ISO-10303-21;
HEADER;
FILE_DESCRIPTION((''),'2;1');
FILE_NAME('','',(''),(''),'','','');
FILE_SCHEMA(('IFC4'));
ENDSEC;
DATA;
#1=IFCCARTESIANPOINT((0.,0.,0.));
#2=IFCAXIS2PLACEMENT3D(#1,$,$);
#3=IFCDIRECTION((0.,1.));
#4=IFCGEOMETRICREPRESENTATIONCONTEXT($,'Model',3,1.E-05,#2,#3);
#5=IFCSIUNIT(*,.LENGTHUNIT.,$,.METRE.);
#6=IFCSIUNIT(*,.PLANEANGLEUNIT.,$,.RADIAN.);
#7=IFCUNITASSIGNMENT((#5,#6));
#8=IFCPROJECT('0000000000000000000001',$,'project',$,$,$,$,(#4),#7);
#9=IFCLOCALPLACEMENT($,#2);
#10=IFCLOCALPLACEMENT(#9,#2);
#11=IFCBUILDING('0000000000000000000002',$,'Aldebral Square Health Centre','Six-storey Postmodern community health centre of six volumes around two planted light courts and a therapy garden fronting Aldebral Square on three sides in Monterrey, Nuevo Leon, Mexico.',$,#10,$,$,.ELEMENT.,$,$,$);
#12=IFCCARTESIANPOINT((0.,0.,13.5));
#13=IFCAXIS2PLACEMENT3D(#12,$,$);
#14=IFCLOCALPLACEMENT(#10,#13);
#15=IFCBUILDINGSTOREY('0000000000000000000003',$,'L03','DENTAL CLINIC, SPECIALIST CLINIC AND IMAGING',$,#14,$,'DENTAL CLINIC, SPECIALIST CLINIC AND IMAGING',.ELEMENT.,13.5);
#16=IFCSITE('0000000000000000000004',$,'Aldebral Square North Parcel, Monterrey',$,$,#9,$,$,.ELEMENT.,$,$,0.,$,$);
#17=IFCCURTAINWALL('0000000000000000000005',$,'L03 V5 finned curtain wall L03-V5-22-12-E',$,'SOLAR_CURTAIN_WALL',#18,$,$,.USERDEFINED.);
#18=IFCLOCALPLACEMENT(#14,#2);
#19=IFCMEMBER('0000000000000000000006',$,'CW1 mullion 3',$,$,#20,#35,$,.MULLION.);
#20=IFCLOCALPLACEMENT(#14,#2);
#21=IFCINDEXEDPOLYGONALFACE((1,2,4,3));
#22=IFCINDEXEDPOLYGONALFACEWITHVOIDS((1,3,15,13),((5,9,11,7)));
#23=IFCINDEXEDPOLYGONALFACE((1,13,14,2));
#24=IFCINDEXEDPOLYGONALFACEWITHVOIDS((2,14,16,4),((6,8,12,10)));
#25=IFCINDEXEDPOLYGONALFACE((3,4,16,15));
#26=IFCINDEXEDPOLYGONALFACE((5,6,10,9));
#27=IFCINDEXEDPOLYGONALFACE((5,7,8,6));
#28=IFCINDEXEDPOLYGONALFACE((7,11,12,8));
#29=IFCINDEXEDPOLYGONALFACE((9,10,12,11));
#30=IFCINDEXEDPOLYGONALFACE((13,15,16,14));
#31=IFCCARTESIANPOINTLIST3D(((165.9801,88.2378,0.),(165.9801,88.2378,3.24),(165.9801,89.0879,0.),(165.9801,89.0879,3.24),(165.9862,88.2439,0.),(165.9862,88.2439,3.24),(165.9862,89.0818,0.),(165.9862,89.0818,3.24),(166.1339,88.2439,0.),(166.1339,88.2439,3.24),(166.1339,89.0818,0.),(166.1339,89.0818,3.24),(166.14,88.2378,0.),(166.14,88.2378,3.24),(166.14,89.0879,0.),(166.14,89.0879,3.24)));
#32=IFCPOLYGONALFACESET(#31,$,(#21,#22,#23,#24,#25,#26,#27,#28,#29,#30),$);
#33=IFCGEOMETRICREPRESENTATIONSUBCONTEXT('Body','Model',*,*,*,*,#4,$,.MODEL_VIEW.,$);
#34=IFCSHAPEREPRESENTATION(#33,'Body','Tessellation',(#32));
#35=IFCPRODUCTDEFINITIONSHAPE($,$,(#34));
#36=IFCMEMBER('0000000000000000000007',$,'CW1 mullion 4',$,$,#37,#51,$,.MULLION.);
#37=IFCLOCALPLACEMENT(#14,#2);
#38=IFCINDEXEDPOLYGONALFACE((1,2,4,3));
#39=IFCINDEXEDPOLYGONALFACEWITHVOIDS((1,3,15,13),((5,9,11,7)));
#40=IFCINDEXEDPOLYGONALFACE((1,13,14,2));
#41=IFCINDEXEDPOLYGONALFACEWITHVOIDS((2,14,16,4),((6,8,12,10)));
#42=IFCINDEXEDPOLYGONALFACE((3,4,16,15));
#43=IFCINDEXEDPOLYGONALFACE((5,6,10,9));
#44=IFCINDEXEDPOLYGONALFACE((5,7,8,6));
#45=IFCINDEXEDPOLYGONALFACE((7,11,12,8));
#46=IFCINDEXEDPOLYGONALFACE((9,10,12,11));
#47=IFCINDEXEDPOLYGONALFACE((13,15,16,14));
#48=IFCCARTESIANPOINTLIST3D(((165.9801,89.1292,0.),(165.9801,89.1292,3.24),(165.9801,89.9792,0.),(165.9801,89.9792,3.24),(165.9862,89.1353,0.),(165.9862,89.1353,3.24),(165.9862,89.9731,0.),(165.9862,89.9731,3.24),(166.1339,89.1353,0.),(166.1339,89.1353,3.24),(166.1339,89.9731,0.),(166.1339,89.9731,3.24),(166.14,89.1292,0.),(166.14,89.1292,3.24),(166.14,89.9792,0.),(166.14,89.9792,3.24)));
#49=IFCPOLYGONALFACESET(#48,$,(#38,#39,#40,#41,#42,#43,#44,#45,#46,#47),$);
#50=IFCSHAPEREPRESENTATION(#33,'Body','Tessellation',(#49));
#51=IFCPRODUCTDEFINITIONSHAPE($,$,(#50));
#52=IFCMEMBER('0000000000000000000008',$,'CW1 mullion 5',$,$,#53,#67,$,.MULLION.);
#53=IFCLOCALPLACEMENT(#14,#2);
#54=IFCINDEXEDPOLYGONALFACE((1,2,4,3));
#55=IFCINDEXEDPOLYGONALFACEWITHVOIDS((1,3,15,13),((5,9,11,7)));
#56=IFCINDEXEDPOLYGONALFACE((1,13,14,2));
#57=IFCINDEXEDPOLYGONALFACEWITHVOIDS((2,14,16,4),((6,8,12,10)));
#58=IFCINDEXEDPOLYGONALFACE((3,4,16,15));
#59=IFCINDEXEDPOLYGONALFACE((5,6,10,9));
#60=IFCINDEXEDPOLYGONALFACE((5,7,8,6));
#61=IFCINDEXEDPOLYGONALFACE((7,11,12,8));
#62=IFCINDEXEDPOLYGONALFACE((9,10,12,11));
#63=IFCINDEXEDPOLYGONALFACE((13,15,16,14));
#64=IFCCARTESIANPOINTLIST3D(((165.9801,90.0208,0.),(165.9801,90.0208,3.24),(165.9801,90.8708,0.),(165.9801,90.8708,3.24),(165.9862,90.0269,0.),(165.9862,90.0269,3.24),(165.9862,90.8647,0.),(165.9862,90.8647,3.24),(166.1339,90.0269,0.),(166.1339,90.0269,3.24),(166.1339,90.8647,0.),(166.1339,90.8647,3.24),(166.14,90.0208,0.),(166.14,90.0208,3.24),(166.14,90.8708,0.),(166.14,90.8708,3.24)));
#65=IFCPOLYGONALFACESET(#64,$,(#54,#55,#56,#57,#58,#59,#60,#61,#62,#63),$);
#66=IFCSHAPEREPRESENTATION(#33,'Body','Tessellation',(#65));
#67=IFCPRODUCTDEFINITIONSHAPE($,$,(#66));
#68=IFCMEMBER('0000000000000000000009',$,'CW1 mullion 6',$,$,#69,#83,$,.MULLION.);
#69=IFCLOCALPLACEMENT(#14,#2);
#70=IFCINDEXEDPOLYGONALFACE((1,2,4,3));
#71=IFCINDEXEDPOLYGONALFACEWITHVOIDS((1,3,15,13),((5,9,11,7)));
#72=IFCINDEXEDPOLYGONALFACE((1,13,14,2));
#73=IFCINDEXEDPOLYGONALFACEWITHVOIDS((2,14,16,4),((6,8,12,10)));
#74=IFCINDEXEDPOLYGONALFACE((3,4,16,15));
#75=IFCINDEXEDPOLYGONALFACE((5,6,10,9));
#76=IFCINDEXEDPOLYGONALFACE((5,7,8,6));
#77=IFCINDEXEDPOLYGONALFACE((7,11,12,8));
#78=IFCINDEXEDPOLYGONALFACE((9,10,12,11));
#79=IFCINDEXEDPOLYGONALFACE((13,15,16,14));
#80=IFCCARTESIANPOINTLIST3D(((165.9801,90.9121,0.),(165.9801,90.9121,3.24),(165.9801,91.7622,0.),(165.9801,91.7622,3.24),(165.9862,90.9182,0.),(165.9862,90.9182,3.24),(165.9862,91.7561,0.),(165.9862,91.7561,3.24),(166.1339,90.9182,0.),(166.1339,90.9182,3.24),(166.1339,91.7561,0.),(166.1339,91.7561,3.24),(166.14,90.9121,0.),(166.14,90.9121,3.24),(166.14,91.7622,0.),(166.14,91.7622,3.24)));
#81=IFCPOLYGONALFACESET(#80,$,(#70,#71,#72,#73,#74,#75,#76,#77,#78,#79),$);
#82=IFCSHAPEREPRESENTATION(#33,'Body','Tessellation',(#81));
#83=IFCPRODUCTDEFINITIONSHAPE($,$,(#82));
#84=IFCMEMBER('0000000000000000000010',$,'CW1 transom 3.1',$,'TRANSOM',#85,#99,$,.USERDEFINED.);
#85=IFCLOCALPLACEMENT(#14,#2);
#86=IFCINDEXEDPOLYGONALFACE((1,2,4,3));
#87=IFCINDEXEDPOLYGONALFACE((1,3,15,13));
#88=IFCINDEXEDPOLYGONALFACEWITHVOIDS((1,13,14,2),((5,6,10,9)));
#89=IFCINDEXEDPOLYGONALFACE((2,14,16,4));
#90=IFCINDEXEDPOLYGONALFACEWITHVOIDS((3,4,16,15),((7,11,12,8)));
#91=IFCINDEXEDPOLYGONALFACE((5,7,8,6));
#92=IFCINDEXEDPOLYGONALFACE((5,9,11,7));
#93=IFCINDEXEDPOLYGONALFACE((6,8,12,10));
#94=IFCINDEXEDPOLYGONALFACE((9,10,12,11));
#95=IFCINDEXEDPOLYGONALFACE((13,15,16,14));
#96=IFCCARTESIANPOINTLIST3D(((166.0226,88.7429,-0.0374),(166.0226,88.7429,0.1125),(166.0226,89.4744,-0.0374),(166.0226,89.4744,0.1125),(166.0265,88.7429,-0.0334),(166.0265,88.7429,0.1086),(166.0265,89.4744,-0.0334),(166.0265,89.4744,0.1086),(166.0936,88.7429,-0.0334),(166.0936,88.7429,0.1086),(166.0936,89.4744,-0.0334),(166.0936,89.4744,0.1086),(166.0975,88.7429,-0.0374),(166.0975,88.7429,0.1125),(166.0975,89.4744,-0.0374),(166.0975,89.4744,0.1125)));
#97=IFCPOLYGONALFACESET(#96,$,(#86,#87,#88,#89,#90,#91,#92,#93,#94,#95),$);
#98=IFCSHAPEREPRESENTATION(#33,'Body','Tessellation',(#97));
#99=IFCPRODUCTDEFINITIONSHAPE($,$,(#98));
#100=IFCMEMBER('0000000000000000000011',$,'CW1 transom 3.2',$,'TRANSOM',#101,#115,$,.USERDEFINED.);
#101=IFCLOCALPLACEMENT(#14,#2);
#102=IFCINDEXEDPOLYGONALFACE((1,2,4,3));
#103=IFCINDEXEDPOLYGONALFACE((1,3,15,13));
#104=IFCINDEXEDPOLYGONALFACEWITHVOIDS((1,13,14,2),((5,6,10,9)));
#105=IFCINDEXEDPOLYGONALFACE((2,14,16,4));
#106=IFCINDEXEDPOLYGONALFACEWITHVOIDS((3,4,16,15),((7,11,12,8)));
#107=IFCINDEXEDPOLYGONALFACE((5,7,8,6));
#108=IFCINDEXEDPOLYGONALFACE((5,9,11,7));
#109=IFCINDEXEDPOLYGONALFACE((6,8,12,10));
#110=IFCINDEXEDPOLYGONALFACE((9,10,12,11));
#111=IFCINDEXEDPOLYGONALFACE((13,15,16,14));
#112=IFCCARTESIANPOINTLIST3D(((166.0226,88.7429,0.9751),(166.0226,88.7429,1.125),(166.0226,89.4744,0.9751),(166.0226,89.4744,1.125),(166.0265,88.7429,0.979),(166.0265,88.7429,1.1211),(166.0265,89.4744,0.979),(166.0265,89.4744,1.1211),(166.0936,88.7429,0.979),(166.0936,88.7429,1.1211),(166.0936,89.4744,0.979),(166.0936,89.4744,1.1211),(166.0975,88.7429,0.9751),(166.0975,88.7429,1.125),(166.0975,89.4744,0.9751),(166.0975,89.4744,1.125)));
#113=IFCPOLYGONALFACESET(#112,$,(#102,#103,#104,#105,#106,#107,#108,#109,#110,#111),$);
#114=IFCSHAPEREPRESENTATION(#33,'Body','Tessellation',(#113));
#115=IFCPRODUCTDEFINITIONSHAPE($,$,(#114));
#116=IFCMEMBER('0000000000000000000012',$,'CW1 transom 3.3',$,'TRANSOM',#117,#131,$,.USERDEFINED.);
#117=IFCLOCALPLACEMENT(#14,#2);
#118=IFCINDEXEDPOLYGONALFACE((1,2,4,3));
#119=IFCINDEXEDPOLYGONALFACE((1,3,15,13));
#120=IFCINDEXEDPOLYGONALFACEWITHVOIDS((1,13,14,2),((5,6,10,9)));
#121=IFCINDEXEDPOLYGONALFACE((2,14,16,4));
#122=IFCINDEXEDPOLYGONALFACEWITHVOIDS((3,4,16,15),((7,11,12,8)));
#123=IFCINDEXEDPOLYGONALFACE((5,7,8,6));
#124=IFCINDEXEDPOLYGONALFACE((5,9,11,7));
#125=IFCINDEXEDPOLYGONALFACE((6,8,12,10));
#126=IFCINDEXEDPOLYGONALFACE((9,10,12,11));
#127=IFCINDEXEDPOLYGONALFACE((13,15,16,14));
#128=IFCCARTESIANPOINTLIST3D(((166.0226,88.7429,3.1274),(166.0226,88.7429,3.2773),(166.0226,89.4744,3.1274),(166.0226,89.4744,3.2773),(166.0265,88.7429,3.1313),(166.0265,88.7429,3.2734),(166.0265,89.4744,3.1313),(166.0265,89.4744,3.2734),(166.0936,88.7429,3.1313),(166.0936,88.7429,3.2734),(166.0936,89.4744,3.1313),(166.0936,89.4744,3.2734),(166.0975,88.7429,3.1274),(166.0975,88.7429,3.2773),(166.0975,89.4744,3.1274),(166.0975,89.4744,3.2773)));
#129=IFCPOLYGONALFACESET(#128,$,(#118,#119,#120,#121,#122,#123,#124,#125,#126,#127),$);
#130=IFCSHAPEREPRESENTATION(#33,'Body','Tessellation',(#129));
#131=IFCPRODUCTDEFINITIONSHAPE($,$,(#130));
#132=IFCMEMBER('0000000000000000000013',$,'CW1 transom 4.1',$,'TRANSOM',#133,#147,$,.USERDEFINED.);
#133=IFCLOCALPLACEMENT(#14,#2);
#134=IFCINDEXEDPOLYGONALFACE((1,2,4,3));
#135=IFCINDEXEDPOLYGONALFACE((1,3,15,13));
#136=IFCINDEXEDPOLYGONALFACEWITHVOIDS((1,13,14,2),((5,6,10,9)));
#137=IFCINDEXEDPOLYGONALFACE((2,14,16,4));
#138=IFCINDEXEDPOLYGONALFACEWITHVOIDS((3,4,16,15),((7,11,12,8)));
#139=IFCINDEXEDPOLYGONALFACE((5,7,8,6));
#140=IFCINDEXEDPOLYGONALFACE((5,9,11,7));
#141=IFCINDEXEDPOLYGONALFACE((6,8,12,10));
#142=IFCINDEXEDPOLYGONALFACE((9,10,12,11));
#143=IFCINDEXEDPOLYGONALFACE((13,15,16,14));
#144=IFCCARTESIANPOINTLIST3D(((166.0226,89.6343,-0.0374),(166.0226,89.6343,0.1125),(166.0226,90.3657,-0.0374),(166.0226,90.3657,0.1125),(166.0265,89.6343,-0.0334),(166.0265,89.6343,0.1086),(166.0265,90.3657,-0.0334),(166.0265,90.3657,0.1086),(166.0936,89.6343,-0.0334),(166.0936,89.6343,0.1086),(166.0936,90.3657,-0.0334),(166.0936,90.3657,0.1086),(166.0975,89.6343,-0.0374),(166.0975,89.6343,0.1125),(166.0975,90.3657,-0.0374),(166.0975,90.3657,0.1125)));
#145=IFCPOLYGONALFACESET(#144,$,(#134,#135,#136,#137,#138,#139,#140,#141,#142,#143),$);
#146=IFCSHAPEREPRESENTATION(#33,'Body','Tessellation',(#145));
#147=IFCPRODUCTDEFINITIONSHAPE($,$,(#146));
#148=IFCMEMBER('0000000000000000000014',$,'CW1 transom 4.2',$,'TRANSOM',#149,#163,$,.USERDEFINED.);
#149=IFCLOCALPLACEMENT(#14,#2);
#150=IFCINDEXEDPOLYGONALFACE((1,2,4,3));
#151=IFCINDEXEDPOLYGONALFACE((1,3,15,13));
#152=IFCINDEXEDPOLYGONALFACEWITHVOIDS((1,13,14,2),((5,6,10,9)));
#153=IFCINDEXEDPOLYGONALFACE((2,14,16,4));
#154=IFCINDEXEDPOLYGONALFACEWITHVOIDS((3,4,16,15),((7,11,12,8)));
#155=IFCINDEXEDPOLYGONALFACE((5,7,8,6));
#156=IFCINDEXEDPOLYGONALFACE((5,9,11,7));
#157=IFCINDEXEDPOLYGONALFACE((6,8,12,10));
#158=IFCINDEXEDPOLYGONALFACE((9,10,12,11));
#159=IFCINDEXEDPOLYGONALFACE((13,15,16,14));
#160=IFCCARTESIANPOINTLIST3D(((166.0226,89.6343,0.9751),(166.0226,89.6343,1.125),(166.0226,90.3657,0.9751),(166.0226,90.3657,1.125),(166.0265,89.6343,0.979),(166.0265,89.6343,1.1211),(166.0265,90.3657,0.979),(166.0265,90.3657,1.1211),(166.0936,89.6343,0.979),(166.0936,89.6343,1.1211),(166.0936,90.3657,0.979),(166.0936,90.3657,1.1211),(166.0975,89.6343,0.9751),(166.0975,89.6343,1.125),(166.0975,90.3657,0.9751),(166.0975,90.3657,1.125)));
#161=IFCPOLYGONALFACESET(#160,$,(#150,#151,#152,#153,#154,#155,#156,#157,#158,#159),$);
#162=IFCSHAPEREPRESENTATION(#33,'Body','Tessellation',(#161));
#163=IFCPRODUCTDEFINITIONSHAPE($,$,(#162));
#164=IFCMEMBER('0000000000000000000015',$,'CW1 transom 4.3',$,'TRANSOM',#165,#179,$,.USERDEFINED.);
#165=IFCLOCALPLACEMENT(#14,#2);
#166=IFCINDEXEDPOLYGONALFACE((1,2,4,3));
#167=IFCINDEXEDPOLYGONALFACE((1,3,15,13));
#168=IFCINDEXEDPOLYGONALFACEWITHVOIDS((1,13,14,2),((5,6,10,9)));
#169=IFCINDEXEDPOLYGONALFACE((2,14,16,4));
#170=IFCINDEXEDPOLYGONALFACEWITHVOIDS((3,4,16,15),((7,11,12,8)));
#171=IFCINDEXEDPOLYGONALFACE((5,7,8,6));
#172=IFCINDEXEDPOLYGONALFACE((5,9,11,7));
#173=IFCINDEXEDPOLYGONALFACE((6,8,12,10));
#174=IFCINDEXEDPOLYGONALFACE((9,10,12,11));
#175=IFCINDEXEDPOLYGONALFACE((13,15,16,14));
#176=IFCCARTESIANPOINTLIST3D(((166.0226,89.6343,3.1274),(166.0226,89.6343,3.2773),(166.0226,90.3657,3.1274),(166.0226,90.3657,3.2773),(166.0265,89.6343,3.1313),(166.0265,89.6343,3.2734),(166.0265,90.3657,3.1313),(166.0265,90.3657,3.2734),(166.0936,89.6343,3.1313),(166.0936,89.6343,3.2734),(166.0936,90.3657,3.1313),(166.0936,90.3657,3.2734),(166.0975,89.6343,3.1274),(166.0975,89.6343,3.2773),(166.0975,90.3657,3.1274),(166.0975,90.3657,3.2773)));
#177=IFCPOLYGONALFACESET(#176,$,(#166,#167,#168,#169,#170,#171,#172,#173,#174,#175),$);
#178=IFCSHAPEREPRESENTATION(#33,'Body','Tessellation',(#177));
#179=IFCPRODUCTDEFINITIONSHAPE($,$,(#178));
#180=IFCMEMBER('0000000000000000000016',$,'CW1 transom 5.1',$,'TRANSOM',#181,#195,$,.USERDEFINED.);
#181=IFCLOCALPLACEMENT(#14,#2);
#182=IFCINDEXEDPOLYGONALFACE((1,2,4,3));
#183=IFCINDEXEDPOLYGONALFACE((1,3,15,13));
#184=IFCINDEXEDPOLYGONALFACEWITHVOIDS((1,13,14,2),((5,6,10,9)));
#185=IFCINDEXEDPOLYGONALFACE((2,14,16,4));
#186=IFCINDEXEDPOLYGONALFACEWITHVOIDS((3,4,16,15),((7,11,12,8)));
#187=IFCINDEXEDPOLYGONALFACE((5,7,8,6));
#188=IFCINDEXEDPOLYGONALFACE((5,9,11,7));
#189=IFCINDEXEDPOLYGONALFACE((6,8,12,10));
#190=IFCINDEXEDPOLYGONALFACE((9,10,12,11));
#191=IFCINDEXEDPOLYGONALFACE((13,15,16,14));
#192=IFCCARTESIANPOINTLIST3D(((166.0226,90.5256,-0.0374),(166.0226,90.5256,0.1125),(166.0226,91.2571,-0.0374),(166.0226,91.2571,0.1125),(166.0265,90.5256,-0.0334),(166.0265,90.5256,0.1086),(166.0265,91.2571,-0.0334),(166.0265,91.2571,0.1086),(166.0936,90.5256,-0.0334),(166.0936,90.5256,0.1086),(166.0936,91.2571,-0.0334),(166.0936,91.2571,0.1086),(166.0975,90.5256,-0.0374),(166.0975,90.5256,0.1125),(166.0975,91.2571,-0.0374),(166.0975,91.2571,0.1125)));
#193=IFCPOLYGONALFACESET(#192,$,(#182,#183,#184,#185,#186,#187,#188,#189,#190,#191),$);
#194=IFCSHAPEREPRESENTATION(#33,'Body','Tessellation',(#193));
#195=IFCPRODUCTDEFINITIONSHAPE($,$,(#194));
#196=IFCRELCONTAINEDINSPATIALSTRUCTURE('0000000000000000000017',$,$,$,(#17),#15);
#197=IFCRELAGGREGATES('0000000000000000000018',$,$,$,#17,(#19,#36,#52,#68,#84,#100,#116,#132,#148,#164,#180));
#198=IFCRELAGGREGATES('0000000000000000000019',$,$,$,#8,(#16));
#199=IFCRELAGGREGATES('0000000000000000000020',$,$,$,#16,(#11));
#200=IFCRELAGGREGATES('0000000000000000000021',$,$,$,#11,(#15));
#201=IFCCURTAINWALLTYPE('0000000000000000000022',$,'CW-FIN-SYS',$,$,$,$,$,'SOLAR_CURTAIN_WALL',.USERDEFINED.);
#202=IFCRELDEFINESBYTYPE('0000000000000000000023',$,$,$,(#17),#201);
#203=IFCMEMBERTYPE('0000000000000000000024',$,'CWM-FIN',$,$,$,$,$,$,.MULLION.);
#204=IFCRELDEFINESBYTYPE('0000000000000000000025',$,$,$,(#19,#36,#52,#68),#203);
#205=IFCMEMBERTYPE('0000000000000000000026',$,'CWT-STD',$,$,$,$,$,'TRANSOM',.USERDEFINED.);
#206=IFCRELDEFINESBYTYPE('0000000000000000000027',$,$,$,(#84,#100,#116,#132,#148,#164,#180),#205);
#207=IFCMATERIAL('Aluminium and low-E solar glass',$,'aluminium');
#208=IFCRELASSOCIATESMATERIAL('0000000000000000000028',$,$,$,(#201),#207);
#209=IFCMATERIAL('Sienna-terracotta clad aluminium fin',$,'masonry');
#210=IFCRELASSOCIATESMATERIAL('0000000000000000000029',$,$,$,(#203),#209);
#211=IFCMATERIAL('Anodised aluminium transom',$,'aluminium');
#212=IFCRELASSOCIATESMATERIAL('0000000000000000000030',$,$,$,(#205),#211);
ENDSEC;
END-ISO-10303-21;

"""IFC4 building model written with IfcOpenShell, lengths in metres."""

from ifc_helpers import new_model, si_unit, direction, frame, origin, origin_2d, place, context, subcontext, project, spatial, hollow_rectangle, extrude, material, material_profile, profile_set, type_object, element, aggregate, save


model = new_model("IFC4")

# Units and contexts
model_context = context("Model", 3, precision=1e-05, world=origin(), true_north=direction((0.0, 1.0)))
body_context = subcontext(model_context, "Body", "Model", "MODEL_VIEW")
ifc_project = project(units=[si_unit("LENGTHUNIT", "METRE"), si_unit("PLANEANGLEUNIT", "RADIAN")], contexts=[model_context])

# Site, building, storey
site_placement = place(None, origin())
site = spatial("IfcSite", under=ifc_project, at=site_placement, Name="Aldebral Square North Parcel, Monterrey", CompositionType="ELEMENT", RefElevation=0.0)
building_placement = place(site_placement, origin())
building = spatial("IfcBuilding", under=site, at=building_placement, Name="Aldebral Square Health Centre", Description="Six-storey Postmodern community health centre of six volumes around two planted light courts and a therapy garden fronting Aldebral Square on three sides in Monterrey, Nuevo Leon, Mexico.", CompositionType="ELEMENT")
storey_placement = place(building_placement, frame((0.0, 0.0, 13.5)))
storey = spatial("IfcBuildingStorey", under=building, at=storey_placement, Name="L03", Description="DENTAL CLINIC, SPECIALIST CLINIC AND IMAGING", LongName="DENTAL CLINIC, SPECIALIST CLINIC AND IMAGING", CompositionType="ELEMENT", Elevation=13.5)

# Curtain wall, members
ifc_material_1 = material(Name="Aluminium and low-E solar glass", Category="aluminium")
curtain_wall_type = type_object("IfcCurtainWallType", Name="CW-FIN-SYS", ElementType="SOLAR_CURTAIN_WALL", PredefinedType="USERDEFINED", material=ifc_material_1)
curtain_wall_placement = place(storey_placement, origin())
curtain_wall = element("IfcCurtainWall", 1, at=curtain_wall_placement, inside=storey, type_object=curtain_wall_type, Name="L03 V5 finned curtain wall L03-V5-22-12-E", ObjectType="SOLAR_CURTAIN_WALL", PredefinedType="USERDEFINED")
ifc_material_2 = material(Name="Sienna-terracotta clad aluminium fin", Category="masonry")
ifc_material_profile_1 = material_profile(ifc_material_2, hollow_rectangle(XDim=0.1599, YDim=0.8501, WallThickness=0.0061, at=origin_2d()), Name="FIN 160x850x6")
ifc_profile_set_1 = profile_set([ifc_material_profile_1], Name="Sienna-terracotta clad aluminium fin")
member_type_1 = type_object("IfcMemberType", Name="CWM-FIN", PredefinedType="MULLION", material=ifc_profile_set_1)
member_1_placement = place(storey_placement, frame((166.0601, 88.6628, 0.0), z_axis=(0.0, 0.0, 1.0), x_axis=(-1.0, 0.0, 0.0)))
member_1 = element("IfcMember", 2, at=member_1_placement, type_object=member_type_1, Name="CW1 mullion 3", PredefinedType="MULLION", context=body_context, shape_type="SweptSolid", body=[
    extrude(hollow_rectangle(XDim=0.1599, YDim=0.8501, WallThickness=0.0061, at=origin_2d()), origin(), (0.0, 0.0, 1.0), 3.24),
])
member_2_placement = place(storey_placement, frame((166.0601, 89.5542, 0.0), z_axis=(0.0, 0.0, 1.0), x_axis=(-1.0, 0.0, 0.0)))
member_2 = element("IfcMember", 3, at=member_2_placement, type_object=member_type_1, Name="CW1 mullion 4", PredefinedType="MULLION", context=body_context, shape_type="SweptSolid", body=[
    extrude(hollow_rectangle(XDim=0.1599, YDim=0.8501, WallThickness=0.0061, at=origin_2d()), origin(), (0.0, 0.0, 1.0), 3.24),
])
member_3_placement = place(storey_placement, frame((166.0601, 90.4458, 0.0), z_axis=(0.0, 0.0, 1.0), x_axis=(-1.0, 0.0, 0.0)))
member_3 = element("IfcMember", 4, at=member_3_placement, type_object=member_type_1, Name="CW1 mullion 5", PredefinedType="MULLION", context=body_context, shape_type="SweptSolid", body=[
    extrude(hollow_rectangle(XDim=0.1599, YDim=0.8501, WallThickness=0.0061, at=origin_2d()), origin(), (0.0, 0.0, 1.0), 3.24),
])
member_4_placement = place(storey_placement, frame((166.0601, 91.3372, 0.0), z_axis=(0.0, 0.0, 1.0), x_axis=(-1.0, 0.0, 0.0)))
member_4 = element("IfcMember", 5, at=member_4_placement, type_object=member_type_1, Name="CW1 mullion 6", PredefinedType="MULLION", context=body_context, shape_type="SweptSolid", body=[
    extrude(hollow_rectangle(XDim=0.1599, YDim=0.8501, WallThickness=0.0061, at=origin_2d()), origin(), (0.0, 0.0, 1.0), 3.24),
])
ifc_material_3 = material(Name="Anodised aluminium transom", Category="aluminium")
ifc_material_profile_2 = material_profile(ifc_material_3, hollow_rectangle(XDim=0.075, YDim=0.1499, WallThickness=0.0039, at=origin_2d()), Name="CWT 75x150x4")
ifc_profile_set_2 = profile_set([ifc_material_profile_2], Name="Anodised aluminium transom")
member_type_2 = type_object("IfcMemberType", Name="CWT-STD", ElementType="TRANSOM", PredefinedType="USERDEFINED", material=ifc_profile_set_2)
member_5_placement = place(storey_placement, frame((166.0601, 88.7429, 0.0376), z_axis=(0.0, 1.0, 0.0), x_axis=(-1.0, 0.0, 0.0)))
member_5 = element("IfcMember", 6, at=member_5_placement, type_object=member_type_2, Name="CW1 transom 3.1", ObjectType="TRANSOM", PredefinedType="USERDEFINED", context=body_context, shape_type="SweptSolid", body=[
    extrude(hollow_rectangle(XDim=0.075, YDim=0.1499, WallThickness=0.0039, at=origin_2d()), origin(), (0.0, 0.0, 1.0), 0.7314),
])
member_6_placement = place(storey_placement, frame((166.0601, 88.7429, 1.05), z_axis=(0.0, 1.0, 0.0), x_axis=(-1.0, 0.0, 0.0)))
member_6 = element("IfcMember", 7, at=member_6_placement, type_object=member_type_2, Name="CW1 transom 3.2", ObjectType="TRANSOM", PredefinedType="USERDEFINED", context=body_context, shape_type="SweptSolid", body=[
    extrude(hollow_rectangle(XDim=0.075, YDim=0.1499, WallThickness=0.0039, at=origin_2d()), origin(), (0.0, 0.0, 1.0), 0.7314),
])
member_7_placement = place(storey_placement, frame((166.0601, 88.7429, 3.2024), z_axis=(0.0, 1.0, 0.0), x_axis=(-1.0, 0.0, 0.0)))
member_7 = element("IfcMember", 8, at=member_7_placement, type_object=member_type_2, Name="CW1 transom 3.3", ObjectType="TRANSOM", PredefinedType="USERDEFINED", context=body_context, shape_type="SweptSolid", body=[
    extrude(hollow_rectangle(XDim=0.075, YDim=0.1499, WallThickness=0.0039, at=origin_2d()), origin(), (0.0, 0.0, 1.0), 0.7314),
])
member_8_placement = place(storey_placement, frame((166.0601, 89.6343, 0.0376), z_axis=(0.0, 1.0, 0.0), x_axis=(-1.0, 0.0, 0.0)))
member_8 = element("IfcMember", 9, at=member_8_placement, type_object=member_type_2, Name="CW1 transom 4.1", ObjectType="TRANSOM", PredefinedType="USERDEFINED", context=body_context, shape_type="SweptSolid", body=[
    extrude(hollow_rectangle(XDim=0.075, YDim=0.1499, WallThickness=0.0039, at=origin_2d()), origin(), (0.0, 0.0, 1.0), 0.7314),
])
member_9_placement = place(storey_placement, frame((166.0601, 89.6343, 1.05), z_axis=(0.0, 1.0, 0.0), x_axis=(-1.0, 0.0, 0.0)))
member_9 = element("IfcMember", 10, at=member_9_placement, type_object=member_type_2, Name="CW1 transom 4.2", ObjectType="TRANSOM", PredefinedType="USERDEFINED", context=body_context, shape_type="SweptSolid", body=[
    extrude(hollow_rectangle(XDim=0.075, YDim=0.1499, WallThickness=0.0039, at=origin_2d()), origin(), (0.0, 0.0, 1.0), 0.7314),
])
member_10_placement = place(storey_placement, frame((166.0601, 89.6343, 3.2024), z_axis=(0.0, 1.0, 0.0), x_axis=(-1.0, 0.0, 0.0)))
member_10 = element("IfcMember", 11, at=member_10_placement, type_object=member_type_2, Name="CW1 transom 4.3", ObjectType="TRANSOM", PredefinedType="USERDEFINED", context=body_context, shape_type="SweptSolid", body=[
    extrude(hollow_rectangle(XDim=0.075, YDim=0.1499, WallThickness=0.0039, at=origin_2d()), origin(), (0.0, 0.0, 1.0), 0.7314),
])
member_11_placement = place(storey_placement, frame((166.0601, 90.5256, 0.0376), z_axis=(0.0, 1.0, 0.0), x_axis=(-1.0, 0.0, 0.0)))
member_11 = element("IfcMember", 12, at=member_11_placement, type_object=member_type_2, Name="CW1 transom 5.1", ObjectType="TRANSOM", PredefinedType="USERDEFINED", context=body_context, shape_type="SweptSolid", body=[
    extrude(hollow_rectangle(XDim=0.075, YDim=0.1499, WallThickness=0.0039, at=origin_2d()), origin(), (0.0, 0.0, 1.0), 0.7314),
])
aggregate(curtain_wall, [member_1, member_2, member_3, member_4, member_5, member_6, member_7, member_8, member_9, member_10, member_11])

save(model, "model.ifc")
